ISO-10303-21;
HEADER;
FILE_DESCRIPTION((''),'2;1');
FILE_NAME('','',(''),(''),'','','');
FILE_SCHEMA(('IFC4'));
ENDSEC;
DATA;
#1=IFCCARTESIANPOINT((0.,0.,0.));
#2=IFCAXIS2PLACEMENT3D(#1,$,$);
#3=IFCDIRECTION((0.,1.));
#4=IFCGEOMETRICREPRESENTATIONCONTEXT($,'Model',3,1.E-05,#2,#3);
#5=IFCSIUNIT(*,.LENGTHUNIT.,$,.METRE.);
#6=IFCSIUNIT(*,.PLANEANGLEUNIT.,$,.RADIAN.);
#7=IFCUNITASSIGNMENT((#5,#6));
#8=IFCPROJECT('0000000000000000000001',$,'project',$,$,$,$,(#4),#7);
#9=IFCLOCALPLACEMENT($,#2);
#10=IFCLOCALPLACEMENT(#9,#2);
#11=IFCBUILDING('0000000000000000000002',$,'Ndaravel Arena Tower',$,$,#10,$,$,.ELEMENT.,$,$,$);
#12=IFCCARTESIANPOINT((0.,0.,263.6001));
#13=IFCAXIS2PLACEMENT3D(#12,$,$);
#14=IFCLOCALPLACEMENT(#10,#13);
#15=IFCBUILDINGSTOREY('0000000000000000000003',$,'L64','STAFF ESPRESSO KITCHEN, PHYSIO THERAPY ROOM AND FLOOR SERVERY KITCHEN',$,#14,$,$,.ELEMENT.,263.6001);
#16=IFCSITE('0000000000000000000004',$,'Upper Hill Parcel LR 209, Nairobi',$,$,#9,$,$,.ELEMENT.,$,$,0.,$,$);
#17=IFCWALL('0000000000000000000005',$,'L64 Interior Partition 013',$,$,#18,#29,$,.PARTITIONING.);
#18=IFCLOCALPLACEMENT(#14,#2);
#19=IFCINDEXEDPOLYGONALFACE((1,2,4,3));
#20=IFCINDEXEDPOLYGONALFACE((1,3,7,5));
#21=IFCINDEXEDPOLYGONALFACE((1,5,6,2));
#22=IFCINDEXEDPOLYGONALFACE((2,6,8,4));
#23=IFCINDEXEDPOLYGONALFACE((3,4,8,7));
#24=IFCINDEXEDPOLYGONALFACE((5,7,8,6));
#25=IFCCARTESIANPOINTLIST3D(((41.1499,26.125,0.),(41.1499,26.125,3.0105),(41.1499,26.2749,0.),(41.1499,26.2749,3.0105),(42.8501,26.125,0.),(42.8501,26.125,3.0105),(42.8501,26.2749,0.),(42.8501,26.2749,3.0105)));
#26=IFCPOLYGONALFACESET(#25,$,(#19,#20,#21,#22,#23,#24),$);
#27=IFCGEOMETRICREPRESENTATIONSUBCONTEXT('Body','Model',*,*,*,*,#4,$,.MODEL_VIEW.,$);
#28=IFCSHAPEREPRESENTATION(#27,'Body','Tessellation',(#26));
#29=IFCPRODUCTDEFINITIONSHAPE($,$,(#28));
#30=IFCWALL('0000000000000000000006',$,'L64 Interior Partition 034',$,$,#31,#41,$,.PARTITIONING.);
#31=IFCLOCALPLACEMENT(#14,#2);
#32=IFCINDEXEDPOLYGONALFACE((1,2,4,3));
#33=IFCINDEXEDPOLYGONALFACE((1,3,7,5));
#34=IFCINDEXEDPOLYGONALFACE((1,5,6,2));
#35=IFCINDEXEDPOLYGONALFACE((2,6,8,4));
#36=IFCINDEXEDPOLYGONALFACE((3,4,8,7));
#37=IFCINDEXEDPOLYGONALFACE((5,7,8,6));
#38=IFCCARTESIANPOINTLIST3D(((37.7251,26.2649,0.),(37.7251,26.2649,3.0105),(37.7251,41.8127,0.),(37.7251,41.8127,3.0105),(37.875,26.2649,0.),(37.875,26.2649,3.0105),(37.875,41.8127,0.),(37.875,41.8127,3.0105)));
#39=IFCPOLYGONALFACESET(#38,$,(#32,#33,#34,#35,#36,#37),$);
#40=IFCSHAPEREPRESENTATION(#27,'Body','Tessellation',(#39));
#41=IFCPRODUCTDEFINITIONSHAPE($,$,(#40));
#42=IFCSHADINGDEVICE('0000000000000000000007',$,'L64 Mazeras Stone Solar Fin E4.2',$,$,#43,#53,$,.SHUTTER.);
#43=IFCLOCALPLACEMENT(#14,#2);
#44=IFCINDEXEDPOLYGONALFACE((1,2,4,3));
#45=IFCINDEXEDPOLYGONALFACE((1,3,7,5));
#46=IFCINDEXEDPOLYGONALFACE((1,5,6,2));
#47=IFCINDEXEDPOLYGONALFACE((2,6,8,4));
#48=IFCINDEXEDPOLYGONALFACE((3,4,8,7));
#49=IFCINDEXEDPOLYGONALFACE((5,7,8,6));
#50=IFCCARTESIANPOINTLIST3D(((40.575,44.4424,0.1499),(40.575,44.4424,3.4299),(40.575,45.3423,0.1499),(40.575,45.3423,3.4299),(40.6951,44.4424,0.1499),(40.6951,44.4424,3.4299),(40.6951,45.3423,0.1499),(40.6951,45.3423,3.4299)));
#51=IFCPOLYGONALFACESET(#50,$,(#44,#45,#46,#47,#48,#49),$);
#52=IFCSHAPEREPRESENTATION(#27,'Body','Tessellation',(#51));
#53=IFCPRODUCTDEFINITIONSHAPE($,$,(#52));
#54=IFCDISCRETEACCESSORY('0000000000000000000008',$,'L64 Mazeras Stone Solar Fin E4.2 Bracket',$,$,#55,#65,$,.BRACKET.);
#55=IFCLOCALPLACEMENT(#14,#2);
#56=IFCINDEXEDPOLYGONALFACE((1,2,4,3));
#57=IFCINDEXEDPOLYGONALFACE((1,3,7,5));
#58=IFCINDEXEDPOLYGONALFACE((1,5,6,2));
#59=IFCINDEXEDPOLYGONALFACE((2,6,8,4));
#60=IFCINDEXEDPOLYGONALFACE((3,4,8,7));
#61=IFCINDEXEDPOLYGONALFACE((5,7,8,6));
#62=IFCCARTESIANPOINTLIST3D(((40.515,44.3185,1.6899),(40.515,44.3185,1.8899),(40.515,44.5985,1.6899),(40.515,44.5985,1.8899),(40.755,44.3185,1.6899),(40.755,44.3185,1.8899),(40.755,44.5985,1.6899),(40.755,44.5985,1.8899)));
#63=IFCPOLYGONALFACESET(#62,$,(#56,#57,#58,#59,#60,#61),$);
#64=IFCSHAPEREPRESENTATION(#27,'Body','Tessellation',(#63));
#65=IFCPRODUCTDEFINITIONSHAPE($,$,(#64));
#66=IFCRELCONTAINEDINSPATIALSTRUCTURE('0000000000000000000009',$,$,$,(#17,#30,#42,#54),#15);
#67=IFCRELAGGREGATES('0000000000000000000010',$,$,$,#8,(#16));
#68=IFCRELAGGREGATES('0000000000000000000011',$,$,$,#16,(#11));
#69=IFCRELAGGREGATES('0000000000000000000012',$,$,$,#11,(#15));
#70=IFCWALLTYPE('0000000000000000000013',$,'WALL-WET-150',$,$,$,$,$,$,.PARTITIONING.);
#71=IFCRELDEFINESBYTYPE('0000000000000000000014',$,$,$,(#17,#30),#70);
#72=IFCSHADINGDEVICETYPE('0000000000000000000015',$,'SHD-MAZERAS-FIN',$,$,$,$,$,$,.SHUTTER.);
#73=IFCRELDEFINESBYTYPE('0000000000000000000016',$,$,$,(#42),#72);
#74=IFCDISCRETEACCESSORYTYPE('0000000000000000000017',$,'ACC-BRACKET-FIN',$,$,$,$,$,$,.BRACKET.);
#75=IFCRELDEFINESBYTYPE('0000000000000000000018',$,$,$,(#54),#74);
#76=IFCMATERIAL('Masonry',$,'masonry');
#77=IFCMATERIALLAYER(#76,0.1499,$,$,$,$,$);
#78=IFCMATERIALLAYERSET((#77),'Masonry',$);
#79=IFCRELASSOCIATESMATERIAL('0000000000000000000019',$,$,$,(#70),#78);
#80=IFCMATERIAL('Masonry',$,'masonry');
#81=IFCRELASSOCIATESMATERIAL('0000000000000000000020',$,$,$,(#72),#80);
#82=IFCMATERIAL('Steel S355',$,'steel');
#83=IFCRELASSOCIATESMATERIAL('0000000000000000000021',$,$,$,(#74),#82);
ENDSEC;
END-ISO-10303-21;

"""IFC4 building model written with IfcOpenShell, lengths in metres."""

from ifc_helpers import new_model, si_unit, direction, frame, frame_2d, origin, origin_2d, place, context, subcontext, project, spatial, rectangle, extrude, material, layer, layer_set, type_object, element, save


model = new_model("IFC4")

# Units and contexts
model_context = context("Model", 3, precision=1e-05, world=origin(), true_north=direction((0.0, 1.0)))
body_context = subcontext(model_context, "Body", "Model", "MODEL_VIEW")
ifc_project = project(units=[si_unit("LENGTHUNIT", "METRE"), si_unit("PLANEANGLEUNIT", "RADIAN")], contexts=[model_context])

# Site, building, storey
site_placement = place(None, origin())
site = spatial("IfcSite", under=ifc_project, at=site_placement, Name="Upper Hill Parcel LR 209, Nairobi", CompositionType="ELEMENT", RefElevation=0.0)
building_placement = place(site_placement, origin())
building = spatial("IfcBuilding", under=site, at=building_placement, Name="Ndaravel Arena Tower", CompositionType="ELEMENT")
storey_placement = place(building_placement, frame((0.0, 0.0, 263.6001)))
storey = spatial("IfcBuildingStorey", under=building, at=storey_placement, Name="L64", Description="STAFF ESPRESSO KITCHEN, PHYSIO THERAPY ROOM AND FLOOR SERVERY KITCHEN", CompositionType="ELEMENT", Elevation=263.6001)

# Shared definitions
ifc_material_1 = material(Name="Masonry", Category="masonry")
ifc_layer_1 = layer(ifc_material_1, 0.1499)
ifc_layer_set_1 = layer_set([ifc_layer_1], Name="Masonry")
wall_type = type_object("IfcWallType", Name="WALL-WET-150", PredefinedType="PARTITIONING", material=ifc_layer_set_1)

# Walls
wall_1_placement = place(storey_placement, frame((41.1499, 26.2, 0.0), z_axis=(0.0, 0.0, 1.0), x_axis=(1.0, 0.0, 0.0)))
element("IfcWall", 1, at=wall_1_placement, inside=storey, type_object=wall_type, Name="L64 Interior Partition 013", PredefinedType="PARTITIONING", context=body_context, shape_type="SweptSolid", body=[
    extrude(rectangle(XDim=1.7002, YDim=0.1499, at=frame_2d((0.8501, 0.0))), origin(), (0.0, 0.0, 1.0), 3.0105),
])
wall_2_placement = place(storey_placement, frame((37.8, 41.8127, 0.0), z_axis=(0.0, 0.0, 1.0), x_axis=(0.0, -1.0, 0.0)))
element("IfcWall", 2, at=wall_2_placement, inside=storey, type_object=wall_type, Name="L64 Interior Partition 034", PredefinedType="PARTITIONING", context=body_context, shape_type="SweptSolid", body=[
    extrude(rectangle(XDim=15.5479, YDim=0.1499, at=frame_2d((7.7739, 0.0))), origin(), (0.0, 0.0, 1.0), 3.0105),
])

# Shading device
ifc_material_2 = material(Name="Masonry", Category="masonry")
shading_device_type = type_object("IfcShadingDeviceType", Name="SHD-MAZERAS-FIN", PredefinedType="SHUTTER", material=ifc_material_2)
shading_device_placement = place(storey_placement, frame((40.635, 44.8923, 0.1499), z_axis=(0.0, 0.0, 1.0), x_axis=(0.0, 1.0, 0.0)))
element("IfcShadingDevice", 3, at=shading_device_placement, inside=storey, type_object=shading_device_type, Name="L64 Mazeras Stone Solar Fin E4.2", PredefinedType="SHUTTER", context=body_context, shape_type="SweptSolid", body=[
    extrude(rectangle(XDim=0.8999, YDim=0.1201, at=origin_2d()), origin(), (0.0, 0.0, 1.0), 3.28),
])

# Discrete accessory
ifc_material_3 = material(Name="Steel S355", Category="steel")
discrete_accessory_type = type_object("IfcDiscreteAccessoryType", Name="ACC-BRACKET-FIN", PredefinedType="BRACKET", material=ifc_material_3)
discrete_accessory_placement = place(storey_placement, frame((40.635, 44.4585, 1.6899), z_axis=(0.0, 0.0, 1.0), x_axis=(0.0, 1.0, 0.0)))
element("IfcDiscreteAccessory", 4, at=discrete_accessory_placement, inside=storey, type_object=discrete_accessory_type, Name="L64 Mazeras Stone Solar Fin E4.2 Bracket", PredefinedType="BRACKET", context=body_context, shape_type="SweptSolid", body=[
    extrude(rectangle(XDim=0.28, YDim=0.24, at=origin_2d()), origin(), (0.0, 0.0, 1.0), 0.2),
])

save(model, "model.ifc")
